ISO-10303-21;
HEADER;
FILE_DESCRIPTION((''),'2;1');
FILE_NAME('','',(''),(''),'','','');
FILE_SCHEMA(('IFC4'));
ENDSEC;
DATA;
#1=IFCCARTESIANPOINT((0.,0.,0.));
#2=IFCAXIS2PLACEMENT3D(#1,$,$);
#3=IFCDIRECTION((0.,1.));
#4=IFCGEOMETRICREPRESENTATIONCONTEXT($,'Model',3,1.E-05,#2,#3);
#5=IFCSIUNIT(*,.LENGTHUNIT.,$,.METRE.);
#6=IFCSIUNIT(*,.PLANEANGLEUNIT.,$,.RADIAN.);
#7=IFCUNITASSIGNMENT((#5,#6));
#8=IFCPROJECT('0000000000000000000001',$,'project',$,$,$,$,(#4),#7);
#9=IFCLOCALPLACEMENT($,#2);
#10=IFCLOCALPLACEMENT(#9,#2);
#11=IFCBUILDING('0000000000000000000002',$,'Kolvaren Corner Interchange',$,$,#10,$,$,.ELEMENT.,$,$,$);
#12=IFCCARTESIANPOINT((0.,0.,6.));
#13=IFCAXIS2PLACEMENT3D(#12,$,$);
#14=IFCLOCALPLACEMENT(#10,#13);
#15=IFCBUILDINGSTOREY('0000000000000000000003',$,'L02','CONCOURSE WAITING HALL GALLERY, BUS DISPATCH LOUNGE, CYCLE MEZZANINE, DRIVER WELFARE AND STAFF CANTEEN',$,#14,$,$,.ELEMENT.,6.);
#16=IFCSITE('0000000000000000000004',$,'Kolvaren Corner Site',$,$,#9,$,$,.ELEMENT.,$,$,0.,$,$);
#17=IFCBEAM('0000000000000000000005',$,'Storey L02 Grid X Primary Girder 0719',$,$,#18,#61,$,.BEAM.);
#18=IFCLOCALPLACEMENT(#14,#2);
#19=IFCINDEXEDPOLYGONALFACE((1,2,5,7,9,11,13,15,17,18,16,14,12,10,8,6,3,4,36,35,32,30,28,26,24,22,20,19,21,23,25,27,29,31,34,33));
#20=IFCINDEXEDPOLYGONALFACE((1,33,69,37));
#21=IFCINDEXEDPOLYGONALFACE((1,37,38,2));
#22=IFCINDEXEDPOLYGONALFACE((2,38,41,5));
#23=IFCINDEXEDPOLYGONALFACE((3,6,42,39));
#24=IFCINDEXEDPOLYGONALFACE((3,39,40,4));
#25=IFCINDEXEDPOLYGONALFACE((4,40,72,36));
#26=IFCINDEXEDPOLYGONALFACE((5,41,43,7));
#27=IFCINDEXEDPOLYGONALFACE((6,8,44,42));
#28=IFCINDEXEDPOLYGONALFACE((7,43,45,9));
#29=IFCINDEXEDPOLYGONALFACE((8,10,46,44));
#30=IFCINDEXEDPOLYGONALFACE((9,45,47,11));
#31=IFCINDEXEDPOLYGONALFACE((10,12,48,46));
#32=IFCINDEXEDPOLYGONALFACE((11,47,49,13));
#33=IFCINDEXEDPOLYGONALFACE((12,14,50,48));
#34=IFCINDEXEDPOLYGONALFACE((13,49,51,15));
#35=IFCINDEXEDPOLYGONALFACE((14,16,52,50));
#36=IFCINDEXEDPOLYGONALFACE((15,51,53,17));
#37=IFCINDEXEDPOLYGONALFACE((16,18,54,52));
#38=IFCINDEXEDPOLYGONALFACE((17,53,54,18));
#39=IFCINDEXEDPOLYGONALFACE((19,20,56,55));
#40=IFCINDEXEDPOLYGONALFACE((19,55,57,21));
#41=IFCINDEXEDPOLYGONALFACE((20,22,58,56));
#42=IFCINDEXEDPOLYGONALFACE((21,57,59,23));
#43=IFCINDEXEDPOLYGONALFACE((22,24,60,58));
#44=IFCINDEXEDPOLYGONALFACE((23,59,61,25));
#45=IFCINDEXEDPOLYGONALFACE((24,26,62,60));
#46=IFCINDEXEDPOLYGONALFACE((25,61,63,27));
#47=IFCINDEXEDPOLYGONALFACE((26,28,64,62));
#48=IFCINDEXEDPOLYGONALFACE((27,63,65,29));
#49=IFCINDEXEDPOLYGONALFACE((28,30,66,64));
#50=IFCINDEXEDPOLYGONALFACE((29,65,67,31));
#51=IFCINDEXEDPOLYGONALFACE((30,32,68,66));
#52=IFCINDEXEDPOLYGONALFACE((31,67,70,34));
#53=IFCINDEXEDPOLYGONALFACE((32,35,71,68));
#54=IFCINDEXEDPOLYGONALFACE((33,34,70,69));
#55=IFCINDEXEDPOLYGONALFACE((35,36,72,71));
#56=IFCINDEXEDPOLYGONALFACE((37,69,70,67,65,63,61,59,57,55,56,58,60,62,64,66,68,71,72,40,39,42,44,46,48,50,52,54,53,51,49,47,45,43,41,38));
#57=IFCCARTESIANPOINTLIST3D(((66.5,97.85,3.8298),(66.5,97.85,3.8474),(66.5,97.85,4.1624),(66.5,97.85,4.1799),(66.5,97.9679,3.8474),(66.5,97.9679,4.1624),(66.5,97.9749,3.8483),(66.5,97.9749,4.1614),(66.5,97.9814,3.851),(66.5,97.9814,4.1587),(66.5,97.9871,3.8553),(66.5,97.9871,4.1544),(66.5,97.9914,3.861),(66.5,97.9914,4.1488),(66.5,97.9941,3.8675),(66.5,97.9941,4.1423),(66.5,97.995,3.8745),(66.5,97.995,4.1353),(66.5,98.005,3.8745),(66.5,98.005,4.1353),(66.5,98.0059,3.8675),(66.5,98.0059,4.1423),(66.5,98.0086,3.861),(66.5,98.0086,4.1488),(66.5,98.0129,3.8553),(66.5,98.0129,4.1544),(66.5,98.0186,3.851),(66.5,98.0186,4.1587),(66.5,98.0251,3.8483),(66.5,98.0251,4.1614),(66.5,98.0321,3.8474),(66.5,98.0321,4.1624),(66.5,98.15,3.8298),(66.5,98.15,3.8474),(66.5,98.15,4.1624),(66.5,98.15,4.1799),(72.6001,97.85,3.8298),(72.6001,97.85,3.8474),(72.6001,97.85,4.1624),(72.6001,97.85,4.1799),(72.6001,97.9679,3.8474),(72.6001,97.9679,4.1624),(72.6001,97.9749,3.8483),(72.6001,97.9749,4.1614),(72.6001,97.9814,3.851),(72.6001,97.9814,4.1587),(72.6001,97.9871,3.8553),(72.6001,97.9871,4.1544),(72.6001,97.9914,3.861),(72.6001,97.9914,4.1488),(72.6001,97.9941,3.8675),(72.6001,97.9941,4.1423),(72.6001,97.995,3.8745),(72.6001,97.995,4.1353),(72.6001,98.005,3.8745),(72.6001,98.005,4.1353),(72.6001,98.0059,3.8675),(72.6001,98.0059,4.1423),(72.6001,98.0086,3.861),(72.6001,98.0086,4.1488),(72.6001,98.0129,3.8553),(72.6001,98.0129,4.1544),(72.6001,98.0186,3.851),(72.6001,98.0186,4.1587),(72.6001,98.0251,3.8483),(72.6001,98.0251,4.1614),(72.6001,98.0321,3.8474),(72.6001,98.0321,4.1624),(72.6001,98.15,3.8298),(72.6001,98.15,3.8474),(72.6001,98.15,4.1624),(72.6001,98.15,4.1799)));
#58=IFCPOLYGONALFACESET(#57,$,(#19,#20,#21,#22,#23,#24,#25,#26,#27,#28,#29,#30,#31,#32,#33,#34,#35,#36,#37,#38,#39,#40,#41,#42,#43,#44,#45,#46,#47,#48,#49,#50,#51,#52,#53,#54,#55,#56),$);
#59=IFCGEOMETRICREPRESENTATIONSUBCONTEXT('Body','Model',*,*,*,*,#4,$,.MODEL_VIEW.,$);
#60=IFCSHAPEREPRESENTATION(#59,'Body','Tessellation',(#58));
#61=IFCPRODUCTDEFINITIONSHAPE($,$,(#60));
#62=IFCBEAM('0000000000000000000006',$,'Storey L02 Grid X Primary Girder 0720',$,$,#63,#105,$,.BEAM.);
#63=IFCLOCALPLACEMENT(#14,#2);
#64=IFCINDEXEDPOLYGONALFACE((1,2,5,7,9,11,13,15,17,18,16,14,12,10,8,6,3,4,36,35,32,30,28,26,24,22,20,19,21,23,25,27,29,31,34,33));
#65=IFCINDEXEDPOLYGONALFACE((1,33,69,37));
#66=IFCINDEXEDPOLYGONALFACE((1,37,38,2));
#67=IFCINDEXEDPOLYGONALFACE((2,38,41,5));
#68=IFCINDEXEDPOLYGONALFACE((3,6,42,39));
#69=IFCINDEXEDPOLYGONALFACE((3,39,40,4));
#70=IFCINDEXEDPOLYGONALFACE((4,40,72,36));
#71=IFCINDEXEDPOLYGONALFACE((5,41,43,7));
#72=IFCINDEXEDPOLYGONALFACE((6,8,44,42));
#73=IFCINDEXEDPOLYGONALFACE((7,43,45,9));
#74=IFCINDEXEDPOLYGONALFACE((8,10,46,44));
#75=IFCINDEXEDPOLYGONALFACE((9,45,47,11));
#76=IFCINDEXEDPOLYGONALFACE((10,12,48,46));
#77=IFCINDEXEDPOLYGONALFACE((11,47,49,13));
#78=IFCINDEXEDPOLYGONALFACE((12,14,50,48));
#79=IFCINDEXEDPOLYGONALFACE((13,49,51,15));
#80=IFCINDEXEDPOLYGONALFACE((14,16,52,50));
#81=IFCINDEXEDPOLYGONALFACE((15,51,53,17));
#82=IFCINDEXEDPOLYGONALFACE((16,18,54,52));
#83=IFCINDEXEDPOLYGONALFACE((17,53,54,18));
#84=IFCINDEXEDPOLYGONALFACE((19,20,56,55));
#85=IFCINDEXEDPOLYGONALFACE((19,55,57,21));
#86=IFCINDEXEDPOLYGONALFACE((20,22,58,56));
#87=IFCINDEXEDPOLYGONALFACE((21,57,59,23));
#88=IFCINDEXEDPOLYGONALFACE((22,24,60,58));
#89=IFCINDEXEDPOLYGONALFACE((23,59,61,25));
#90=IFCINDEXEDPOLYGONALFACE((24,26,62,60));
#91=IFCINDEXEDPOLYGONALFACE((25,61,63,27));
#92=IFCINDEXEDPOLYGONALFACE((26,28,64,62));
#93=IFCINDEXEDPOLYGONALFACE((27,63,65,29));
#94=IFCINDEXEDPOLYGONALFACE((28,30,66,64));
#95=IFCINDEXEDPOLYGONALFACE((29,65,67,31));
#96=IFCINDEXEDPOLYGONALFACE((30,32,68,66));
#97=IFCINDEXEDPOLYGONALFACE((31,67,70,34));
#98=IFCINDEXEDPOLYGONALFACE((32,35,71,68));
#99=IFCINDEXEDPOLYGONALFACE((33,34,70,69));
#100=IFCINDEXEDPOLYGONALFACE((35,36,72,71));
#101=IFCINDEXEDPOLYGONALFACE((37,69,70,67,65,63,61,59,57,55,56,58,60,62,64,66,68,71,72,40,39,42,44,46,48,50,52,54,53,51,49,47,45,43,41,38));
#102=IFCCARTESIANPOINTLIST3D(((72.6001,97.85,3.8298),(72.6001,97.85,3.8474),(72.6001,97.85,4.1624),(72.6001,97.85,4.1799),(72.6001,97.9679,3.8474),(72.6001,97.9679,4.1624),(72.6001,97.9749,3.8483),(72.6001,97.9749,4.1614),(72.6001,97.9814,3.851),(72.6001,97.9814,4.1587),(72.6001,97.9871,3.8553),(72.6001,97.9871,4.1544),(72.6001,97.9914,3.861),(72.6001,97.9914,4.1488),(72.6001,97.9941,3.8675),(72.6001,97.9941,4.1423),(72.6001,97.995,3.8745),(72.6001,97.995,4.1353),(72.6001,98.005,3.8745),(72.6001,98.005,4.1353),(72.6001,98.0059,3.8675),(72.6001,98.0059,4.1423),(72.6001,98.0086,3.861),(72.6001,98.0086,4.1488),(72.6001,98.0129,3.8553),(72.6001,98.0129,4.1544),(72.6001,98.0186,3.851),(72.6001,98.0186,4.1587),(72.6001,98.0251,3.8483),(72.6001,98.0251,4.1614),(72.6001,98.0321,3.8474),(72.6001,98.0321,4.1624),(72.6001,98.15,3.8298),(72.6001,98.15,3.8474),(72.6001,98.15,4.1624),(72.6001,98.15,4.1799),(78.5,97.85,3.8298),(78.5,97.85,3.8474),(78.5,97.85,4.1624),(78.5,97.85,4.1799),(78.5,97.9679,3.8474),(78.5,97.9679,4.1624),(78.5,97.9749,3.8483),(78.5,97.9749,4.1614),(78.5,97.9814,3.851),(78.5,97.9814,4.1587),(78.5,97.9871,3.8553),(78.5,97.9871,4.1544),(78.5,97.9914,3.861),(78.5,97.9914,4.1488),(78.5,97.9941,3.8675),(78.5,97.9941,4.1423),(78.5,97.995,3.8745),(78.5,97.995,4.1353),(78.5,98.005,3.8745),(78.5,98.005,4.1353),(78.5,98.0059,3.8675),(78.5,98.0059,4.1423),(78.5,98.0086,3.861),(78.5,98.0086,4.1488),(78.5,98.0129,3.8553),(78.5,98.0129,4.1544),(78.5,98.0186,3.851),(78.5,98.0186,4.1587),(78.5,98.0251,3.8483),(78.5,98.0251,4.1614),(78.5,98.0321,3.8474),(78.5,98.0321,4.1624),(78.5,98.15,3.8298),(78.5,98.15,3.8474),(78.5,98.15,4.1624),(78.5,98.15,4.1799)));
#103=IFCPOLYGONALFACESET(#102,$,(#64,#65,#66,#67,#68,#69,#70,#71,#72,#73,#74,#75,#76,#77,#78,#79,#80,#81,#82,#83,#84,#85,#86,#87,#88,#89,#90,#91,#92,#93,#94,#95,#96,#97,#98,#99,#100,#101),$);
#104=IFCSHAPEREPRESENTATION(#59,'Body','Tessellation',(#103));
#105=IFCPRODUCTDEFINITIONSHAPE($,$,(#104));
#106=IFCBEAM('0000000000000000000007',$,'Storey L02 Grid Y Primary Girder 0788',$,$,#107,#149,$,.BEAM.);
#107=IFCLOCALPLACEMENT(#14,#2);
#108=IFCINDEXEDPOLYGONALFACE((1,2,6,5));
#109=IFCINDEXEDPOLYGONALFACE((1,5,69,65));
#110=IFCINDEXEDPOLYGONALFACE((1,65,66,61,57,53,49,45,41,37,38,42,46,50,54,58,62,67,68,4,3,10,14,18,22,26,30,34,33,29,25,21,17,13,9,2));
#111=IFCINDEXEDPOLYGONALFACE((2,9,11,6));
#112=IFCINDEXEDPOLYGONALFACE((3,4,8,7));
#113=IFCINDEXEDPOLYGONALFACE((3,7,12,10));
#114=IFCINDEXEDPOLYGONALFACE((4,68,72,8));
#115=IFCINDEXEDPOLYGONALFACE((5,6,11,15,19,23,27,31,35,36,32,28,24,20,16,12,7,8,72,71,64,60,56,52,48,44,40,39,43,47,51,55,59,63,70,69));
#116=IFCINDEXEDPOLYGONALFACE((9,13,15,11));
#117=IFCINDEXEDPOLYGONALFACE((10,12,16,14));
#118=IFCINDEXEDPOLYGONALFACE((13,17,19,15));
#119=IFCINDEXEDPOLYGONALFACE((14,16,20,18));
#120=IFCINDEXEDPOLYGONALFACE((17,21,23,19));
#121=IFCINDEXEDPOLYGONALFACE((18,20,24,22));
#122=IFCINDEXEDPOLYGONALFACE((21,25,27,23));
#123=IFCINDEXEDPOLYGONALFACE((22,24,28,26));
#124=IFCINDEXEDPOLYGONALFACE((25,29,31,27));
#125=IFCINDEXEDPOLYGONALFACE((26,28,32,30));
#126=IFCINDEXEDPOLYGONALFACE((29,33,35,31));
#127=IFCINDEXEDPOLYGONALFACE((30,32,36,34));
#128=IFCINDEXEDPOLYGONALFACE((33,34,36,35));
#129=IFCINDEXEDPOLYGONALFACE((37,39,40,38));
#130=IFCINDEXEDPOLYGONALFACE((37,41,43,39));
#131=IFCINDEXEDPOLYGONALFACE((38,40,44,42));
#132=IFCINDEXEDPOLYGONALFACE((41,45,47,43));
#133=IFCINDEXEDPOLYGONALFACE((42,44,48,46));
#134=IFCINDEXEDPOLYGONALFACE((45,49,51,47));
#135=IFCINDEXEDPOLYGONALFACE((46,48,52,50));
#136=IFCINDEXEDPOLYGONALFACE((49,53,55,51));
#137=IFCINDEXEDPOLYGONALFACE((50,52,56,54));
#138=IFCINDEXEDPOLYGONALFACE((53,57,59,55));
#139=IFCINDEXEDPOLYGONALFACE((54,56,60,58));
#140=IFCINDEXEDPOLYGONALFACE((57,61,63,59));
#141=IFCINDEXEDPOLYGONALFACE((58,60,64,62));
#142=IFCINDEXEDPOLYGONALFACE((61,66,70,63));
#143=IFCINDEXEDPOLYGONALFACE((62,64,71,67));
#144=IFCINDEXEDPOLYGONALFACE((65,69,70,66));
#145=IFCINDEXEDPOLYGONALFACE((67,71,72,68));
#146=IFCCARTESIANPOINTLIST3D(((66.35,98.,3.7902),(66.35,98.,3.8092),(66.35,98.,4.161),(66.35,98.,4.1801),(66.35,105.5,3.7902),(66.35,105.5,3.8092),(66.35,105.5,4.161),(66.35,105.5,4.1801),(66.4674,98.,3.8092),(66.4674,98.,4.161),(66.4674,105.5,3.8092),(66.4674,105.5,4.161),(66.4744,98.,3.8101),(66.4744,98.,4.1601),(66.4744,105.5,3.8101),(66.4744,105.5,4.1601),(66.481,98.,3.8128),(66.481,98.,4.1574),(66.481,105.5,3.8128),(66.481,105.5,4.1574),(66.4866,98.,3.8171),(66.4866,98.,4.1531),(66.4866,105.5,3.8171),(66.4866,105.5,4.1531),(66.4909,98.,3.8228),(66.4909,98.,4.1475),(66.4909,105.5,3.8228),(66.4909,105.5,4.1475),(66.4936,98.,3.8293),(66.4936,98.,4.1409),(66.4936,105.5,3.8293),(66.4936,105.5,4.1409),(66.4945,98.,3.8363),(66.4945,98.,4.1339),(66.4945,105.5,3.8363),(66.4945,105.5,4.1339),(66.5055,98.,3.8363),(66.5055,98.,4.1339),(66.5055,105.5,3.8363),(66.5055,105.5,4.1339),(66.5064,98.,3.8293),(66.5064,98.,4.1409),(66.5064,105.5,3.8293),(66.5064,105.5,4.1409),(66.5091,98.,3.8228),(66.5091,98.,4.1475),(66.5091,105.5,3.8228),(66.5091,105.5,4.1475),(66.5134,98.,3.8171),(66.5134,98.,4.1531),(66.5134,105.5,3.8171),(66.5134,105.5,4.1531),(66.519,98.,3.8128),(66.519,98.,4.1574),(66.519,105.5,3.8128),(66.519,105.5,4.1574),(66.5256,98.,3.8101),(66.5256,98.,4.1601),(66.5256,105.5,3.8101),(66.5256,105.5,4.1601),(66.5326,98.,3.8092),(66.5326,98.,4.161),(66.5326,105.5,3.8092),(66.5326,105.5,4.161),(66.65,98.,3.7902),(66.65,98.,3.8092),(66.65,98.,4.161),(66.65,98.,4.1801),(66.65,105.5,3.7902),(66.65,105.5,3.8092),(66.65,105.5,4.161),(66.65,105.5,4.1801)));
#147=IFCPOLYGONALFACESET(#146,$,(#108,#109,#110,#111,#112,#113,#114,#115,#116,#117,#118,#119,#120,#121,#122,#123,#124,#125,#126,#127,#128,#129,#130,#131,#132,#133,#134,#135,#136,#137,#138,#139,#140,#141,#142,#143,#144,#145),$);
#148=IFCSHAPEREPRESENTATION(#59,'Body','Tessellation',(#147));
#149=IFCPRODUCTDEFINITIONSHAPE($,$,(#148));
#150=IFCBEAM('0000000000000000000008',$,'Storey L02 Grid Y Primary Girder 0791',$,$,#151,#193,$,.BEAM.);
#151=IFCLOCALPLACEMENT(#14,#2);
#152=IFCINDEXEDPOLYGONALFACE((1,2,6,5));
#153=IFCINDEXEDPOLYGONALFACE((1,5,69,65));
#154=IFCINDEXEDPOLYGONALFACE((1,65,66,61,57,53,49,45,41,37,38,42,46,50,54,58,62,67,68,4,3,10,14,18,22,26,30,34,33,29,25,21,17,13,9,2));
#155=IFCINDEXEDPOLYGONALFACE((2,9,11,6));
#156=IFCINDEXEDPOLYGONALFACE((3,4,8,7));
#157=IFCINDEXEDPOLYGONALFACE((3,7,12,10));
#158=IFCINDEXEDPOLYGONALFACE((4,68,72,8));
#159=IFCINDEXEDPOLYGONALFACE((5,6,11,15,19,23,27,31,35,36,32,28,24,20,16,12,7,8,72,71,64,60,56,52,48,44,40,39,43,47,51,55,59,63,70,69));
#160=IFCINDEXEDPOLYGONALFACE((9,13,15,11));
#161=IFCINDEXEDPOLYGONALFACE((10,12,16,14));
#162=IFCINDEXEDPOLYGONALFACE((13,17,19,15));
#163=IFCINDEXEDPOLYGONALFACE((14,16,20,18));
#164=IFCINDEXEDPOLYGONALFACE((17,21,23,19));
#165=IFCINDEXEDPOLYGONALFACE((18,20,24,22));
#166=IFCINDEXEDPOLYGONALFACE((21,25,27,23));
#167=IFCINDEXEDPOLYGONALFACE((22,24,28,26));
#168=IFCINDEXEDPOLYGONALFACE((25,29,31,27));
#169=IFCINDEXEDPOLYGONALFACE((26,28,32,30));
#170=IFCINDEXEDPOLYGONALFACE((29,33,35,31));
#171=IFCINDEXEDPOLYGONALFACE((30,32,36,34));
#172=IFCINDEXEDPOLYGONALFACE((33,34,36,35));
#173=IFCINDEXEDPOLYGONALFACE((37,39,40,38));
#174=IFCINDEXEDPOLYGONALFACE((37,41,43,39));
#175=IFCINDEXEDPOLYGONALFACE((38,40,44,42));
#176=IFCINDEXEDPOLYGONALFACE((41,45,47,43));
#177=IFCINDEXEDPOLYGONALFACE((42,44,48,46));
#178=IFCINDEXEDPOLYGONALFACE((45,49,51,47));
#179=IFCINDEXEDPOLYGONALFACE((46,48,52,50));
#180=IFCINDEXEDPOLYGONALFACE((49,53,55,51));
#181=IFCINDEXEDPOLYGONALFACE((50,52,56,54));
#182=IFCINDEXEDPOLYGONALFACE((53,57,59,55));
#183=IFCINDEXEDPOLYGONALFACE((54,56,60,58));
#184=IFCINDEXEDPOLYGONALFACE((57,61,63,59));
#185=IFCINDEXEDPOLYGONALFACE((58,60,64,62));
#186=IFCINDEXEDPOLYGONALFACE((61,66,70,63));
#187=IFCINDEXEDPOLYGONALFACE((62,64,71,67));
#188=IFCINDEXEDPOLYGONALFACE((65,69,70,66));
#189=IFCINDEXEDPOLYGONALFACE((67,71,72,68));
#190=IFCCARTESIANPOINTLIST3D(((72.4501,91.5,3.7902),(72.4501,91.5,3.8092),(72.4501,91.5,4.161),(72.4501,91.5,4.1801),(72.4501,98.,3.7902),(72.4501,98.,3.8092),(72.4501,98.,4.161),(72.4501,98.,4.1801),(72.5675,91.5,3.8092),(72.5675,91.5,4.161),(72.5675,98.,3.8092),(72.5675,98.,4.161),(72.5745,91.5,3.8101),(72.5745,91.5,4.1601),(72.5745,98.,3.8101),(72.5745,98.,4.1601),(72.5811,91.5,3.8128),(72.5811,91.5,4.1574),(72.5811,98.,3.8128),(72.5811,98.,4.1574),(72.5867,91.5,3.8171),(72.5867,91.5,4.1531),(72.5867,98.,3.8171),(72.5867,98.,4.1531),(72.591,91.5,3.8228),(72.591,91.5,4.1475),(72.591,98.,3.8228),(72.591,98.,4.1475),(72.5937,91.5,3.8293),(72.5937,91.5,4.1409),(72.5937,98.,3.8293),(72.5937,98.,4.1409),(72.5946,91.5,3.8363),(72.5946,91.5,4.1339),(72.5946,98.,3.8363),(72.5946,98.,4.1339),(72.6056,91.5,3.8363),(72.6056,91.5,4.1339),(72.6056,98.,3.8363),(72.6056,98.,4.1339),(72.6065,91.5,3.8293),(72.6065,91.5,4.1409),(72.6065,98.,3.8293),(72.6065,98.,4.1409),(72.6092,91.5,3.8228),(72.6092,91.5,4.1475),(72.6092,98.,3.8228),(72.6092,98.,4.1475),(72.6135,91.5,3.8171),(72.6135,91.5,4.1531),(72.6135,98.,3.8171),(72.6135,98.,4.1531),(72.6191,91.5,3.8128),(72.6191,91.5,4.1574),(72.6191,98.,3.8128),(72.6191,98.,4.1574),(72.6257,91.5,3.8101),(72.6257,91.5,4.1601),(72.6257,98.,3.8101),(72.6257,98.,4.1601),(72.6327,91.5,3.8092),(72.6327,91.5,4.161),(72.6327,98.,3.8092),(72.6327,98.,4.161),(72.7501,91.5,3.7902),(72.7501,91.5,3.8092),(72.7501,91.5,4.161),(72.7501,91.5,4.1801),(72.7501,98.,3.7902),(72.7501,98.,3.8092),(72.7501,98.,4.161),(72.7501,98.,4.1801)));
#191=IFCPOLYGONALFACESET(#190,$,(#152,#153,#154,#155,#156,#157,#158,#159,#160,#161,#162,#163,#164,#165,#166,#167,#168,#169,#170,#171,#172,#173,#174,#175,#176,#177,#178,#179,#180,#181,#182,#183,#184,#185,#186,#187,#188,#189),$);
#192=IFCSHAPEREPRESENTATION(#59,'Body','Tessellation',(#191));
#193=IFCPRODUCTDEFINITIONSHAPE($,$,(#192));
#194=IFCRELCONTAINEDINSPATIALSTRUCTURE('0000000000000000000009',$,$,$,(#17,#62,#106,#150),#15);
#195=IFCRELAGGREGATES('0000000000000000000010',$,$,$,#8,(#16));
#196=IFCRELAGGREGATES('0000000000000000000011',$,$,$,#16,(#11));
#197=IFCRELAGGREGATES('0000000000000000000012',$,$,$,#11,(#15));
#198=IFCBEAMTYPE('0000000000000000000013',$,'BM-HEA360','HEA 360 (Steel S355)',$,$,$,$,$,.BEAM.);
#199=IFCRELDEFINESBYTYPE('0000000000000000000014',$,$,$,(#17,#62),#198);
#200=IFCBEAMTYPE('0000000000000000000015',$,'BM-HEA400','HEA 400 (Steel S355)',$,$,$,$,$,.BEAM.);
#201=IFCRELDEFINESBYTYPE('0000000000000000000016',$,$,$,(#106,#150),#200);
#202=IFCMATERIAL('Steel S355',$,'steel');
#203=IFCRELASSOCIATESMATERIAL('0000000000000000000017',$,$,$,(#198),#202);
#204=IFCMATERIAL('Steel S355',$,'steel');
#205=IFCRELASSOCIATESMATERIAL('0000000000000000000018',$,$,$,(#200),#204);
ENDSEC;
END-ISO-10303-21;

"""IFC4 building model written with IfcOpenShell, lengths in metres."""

from ifc_helpers import new_model, si_unit, direction, frame, origin, origin_2d, place, context, subcontext, project, spatial, i_section, extrude, material, material_profile, profile_set, type_object, element, save


model = new_model("IFC4")

# Units and contexts
model_context = context("Model", 3, precision=1e-05, world=origin(), true_north=direction((0.0, 1.0)))
body_context = subcontext(model_context, "Body", "Model", "MODEL_VIEW")
ifc_project = project(units=[si_unit("LENGTHUNIT", "METRE"), si_unit("PLANEANGLEUNIT", "RADIAN")], contexts=[model_context])

# Site, building, storey
site_placement = place(None, origin())
site = spatial("IfcSite", under=ifc_project, at=site_placement, Name="Kolvaren Corner Site", CompositionType="ELEMENT", RefElevation=0.0)
building_placement = place(site_placement, origin())
building = spatial("IfcBuilding", under=site, at=building_placement, Name="Kolvaren Corner Interchange", CompositionType="ELEMENT")
storey_placement = place(building_placement, frame((0.0, 0.0, 6.0)))
storey = spatial("IfcBuildingStorey", under=building, at=storey_placement, Name="L02", Description="CONCOURSE WAITING HALL GALLERY, BUS DISPATCH LOUNGE, CYCLE MEZZANINE, DRIVER WELFARE AND STAFF CANTEEN", CompositionType="ELEMENT", Elevation=6.0)

# Beams
ifc_material_1 = material(Name="Steel S355", Category="steel")
ifc_material_profile_1 = material_profile(ifc_material_1, i_section(OverallWidth=0.3, OverallDepth=0.3501, WebThickness=0.01, FlangeThickness=0.0176, FilletRadius=0.0271, at=origin_2d()), Name="HEA 360")
ifc_profile_set_1 = profile_set([ifc_material_profile_1], Name="Steel S355")
beam_type_1 = type_object("IfcBeamType", Name="BM-HEA360", Description="HEA 360 (Steel S355)", PredefinedType="BEAM", material=ifc_profile_set_1)
beam_1_placement = place(storey_placement, frame((66.5, 98.0, 4.0049), z_axis=(1.0, 0.0, 0.0), x_axis=(0.0, 1.0, 0.0)))
element("IfcBeam", 1, at=beam_1_placement, inside=storey, type_object=beam_type_1, Name="Storey L02 Grid X Primary Girder 0719", PredefinedType="BEAM", context=body_context, shape_type="SweptSolid", body=[
    extrude(i_section(OverallWidth=0.3, OverallDepth=0.3501, WebThickness=0.01, FlangeThickness=0.0176, FilletRadius=0.0271, at=origin_2d()), origin(), (0.0, 0.0, 1.0), 6.1001),
])
beam_2_placement = place(storey_placement, frame((72.6001, 98.0, 4.0049), z_axis=(1.0, 0.0, 0.0), x_axis=(0.0, 1.0, 0.0)))
element("IfcBeam", 2, at=beam_2_placement, inside=storey, type_object=beam_type_1, Name="Storey L02 Grid X Primary Girder 0720", PredefinedType="BEAM", context=body_context, shape_type="SweptSolid", body=[
    extrude(i_section(OverallWidth=0.3, OverallDepth=0.3501, WebThickness=0.01, FlangeThickness=0.0176, FilletRadius=0.0271, at=origin_2d()), origin(), (0.0, 0.0, 1.0), 5.8999),
])
ifc_material_2 = material(Name="Steel S355", Category="steel")
ifc_material_profile_2 = material_profile(ifc_material_2, i_section(OverallWidth=0.3, OverallDepth=0.3899, WebThickness=0.011, FlangeThickness=0.019, FilletRadius=0.0271, at=origin_2d()), Name="HEA 400")
ifc_profile_set_2 = profile_set([ifc_material_profile_2], Name="Steel S355")
beam_type_2 = type_object("IfcBeamType", Name="BM-HEA400", Description="HEA 400 (Steel S355)", PredefinedType="BEAM", material=ifc_profile_set_2)
beam_3_placement = place(storey_placement, frame((66.5, 98.0, 3.9851), z_axis=(0.0, 1.0, 0.0), x_axis=(-1.0, 0.0, 0.0)))
element("IfcBeam", 3, at=beam_3_placement, inside=storey, type_object=beam_type_2, Name="Storey L02 Grid Y Primary Girder 0788", PredefinedType="BEAM", context=body_context, shape_type="SweptSolid", body=[
    extrude(i_section(OverallWidth=0.3, OverallDepth=0.3899, WebThickness=0.011, FlangeThickness=0.019, FilletRadius=0.0271, at=origin_2d()), origin(), (0.0, 0.0, 1.0), 7.5),
])
beam_4_placement = place(storey_placement, frame((72.6001, 91.5, 3.9851), z_axis=(0.0, 1.0, 0.0), x_axis=(-1.0, 0.0, 0.0)))
element("IfcBeam", 4, at=beam_4_placement, inside=storey, type_object=beam_type_2, Name="Storey L02 Grid Y Primary Girder 0791", PredefinedType="BEAM", context=body_context, shape_type="SweptSolid", body=[
    extrude(i_section(OverallWidth=0.3, OverallDepth=0.3899, WebThickness=0.011, FlangeThickness=0.019, FilletRadius=0.0271, at=origin_2d()), origin(), (0.0, 0.0, 1.0), 6.5),
])

save(model, "model.ifc")
